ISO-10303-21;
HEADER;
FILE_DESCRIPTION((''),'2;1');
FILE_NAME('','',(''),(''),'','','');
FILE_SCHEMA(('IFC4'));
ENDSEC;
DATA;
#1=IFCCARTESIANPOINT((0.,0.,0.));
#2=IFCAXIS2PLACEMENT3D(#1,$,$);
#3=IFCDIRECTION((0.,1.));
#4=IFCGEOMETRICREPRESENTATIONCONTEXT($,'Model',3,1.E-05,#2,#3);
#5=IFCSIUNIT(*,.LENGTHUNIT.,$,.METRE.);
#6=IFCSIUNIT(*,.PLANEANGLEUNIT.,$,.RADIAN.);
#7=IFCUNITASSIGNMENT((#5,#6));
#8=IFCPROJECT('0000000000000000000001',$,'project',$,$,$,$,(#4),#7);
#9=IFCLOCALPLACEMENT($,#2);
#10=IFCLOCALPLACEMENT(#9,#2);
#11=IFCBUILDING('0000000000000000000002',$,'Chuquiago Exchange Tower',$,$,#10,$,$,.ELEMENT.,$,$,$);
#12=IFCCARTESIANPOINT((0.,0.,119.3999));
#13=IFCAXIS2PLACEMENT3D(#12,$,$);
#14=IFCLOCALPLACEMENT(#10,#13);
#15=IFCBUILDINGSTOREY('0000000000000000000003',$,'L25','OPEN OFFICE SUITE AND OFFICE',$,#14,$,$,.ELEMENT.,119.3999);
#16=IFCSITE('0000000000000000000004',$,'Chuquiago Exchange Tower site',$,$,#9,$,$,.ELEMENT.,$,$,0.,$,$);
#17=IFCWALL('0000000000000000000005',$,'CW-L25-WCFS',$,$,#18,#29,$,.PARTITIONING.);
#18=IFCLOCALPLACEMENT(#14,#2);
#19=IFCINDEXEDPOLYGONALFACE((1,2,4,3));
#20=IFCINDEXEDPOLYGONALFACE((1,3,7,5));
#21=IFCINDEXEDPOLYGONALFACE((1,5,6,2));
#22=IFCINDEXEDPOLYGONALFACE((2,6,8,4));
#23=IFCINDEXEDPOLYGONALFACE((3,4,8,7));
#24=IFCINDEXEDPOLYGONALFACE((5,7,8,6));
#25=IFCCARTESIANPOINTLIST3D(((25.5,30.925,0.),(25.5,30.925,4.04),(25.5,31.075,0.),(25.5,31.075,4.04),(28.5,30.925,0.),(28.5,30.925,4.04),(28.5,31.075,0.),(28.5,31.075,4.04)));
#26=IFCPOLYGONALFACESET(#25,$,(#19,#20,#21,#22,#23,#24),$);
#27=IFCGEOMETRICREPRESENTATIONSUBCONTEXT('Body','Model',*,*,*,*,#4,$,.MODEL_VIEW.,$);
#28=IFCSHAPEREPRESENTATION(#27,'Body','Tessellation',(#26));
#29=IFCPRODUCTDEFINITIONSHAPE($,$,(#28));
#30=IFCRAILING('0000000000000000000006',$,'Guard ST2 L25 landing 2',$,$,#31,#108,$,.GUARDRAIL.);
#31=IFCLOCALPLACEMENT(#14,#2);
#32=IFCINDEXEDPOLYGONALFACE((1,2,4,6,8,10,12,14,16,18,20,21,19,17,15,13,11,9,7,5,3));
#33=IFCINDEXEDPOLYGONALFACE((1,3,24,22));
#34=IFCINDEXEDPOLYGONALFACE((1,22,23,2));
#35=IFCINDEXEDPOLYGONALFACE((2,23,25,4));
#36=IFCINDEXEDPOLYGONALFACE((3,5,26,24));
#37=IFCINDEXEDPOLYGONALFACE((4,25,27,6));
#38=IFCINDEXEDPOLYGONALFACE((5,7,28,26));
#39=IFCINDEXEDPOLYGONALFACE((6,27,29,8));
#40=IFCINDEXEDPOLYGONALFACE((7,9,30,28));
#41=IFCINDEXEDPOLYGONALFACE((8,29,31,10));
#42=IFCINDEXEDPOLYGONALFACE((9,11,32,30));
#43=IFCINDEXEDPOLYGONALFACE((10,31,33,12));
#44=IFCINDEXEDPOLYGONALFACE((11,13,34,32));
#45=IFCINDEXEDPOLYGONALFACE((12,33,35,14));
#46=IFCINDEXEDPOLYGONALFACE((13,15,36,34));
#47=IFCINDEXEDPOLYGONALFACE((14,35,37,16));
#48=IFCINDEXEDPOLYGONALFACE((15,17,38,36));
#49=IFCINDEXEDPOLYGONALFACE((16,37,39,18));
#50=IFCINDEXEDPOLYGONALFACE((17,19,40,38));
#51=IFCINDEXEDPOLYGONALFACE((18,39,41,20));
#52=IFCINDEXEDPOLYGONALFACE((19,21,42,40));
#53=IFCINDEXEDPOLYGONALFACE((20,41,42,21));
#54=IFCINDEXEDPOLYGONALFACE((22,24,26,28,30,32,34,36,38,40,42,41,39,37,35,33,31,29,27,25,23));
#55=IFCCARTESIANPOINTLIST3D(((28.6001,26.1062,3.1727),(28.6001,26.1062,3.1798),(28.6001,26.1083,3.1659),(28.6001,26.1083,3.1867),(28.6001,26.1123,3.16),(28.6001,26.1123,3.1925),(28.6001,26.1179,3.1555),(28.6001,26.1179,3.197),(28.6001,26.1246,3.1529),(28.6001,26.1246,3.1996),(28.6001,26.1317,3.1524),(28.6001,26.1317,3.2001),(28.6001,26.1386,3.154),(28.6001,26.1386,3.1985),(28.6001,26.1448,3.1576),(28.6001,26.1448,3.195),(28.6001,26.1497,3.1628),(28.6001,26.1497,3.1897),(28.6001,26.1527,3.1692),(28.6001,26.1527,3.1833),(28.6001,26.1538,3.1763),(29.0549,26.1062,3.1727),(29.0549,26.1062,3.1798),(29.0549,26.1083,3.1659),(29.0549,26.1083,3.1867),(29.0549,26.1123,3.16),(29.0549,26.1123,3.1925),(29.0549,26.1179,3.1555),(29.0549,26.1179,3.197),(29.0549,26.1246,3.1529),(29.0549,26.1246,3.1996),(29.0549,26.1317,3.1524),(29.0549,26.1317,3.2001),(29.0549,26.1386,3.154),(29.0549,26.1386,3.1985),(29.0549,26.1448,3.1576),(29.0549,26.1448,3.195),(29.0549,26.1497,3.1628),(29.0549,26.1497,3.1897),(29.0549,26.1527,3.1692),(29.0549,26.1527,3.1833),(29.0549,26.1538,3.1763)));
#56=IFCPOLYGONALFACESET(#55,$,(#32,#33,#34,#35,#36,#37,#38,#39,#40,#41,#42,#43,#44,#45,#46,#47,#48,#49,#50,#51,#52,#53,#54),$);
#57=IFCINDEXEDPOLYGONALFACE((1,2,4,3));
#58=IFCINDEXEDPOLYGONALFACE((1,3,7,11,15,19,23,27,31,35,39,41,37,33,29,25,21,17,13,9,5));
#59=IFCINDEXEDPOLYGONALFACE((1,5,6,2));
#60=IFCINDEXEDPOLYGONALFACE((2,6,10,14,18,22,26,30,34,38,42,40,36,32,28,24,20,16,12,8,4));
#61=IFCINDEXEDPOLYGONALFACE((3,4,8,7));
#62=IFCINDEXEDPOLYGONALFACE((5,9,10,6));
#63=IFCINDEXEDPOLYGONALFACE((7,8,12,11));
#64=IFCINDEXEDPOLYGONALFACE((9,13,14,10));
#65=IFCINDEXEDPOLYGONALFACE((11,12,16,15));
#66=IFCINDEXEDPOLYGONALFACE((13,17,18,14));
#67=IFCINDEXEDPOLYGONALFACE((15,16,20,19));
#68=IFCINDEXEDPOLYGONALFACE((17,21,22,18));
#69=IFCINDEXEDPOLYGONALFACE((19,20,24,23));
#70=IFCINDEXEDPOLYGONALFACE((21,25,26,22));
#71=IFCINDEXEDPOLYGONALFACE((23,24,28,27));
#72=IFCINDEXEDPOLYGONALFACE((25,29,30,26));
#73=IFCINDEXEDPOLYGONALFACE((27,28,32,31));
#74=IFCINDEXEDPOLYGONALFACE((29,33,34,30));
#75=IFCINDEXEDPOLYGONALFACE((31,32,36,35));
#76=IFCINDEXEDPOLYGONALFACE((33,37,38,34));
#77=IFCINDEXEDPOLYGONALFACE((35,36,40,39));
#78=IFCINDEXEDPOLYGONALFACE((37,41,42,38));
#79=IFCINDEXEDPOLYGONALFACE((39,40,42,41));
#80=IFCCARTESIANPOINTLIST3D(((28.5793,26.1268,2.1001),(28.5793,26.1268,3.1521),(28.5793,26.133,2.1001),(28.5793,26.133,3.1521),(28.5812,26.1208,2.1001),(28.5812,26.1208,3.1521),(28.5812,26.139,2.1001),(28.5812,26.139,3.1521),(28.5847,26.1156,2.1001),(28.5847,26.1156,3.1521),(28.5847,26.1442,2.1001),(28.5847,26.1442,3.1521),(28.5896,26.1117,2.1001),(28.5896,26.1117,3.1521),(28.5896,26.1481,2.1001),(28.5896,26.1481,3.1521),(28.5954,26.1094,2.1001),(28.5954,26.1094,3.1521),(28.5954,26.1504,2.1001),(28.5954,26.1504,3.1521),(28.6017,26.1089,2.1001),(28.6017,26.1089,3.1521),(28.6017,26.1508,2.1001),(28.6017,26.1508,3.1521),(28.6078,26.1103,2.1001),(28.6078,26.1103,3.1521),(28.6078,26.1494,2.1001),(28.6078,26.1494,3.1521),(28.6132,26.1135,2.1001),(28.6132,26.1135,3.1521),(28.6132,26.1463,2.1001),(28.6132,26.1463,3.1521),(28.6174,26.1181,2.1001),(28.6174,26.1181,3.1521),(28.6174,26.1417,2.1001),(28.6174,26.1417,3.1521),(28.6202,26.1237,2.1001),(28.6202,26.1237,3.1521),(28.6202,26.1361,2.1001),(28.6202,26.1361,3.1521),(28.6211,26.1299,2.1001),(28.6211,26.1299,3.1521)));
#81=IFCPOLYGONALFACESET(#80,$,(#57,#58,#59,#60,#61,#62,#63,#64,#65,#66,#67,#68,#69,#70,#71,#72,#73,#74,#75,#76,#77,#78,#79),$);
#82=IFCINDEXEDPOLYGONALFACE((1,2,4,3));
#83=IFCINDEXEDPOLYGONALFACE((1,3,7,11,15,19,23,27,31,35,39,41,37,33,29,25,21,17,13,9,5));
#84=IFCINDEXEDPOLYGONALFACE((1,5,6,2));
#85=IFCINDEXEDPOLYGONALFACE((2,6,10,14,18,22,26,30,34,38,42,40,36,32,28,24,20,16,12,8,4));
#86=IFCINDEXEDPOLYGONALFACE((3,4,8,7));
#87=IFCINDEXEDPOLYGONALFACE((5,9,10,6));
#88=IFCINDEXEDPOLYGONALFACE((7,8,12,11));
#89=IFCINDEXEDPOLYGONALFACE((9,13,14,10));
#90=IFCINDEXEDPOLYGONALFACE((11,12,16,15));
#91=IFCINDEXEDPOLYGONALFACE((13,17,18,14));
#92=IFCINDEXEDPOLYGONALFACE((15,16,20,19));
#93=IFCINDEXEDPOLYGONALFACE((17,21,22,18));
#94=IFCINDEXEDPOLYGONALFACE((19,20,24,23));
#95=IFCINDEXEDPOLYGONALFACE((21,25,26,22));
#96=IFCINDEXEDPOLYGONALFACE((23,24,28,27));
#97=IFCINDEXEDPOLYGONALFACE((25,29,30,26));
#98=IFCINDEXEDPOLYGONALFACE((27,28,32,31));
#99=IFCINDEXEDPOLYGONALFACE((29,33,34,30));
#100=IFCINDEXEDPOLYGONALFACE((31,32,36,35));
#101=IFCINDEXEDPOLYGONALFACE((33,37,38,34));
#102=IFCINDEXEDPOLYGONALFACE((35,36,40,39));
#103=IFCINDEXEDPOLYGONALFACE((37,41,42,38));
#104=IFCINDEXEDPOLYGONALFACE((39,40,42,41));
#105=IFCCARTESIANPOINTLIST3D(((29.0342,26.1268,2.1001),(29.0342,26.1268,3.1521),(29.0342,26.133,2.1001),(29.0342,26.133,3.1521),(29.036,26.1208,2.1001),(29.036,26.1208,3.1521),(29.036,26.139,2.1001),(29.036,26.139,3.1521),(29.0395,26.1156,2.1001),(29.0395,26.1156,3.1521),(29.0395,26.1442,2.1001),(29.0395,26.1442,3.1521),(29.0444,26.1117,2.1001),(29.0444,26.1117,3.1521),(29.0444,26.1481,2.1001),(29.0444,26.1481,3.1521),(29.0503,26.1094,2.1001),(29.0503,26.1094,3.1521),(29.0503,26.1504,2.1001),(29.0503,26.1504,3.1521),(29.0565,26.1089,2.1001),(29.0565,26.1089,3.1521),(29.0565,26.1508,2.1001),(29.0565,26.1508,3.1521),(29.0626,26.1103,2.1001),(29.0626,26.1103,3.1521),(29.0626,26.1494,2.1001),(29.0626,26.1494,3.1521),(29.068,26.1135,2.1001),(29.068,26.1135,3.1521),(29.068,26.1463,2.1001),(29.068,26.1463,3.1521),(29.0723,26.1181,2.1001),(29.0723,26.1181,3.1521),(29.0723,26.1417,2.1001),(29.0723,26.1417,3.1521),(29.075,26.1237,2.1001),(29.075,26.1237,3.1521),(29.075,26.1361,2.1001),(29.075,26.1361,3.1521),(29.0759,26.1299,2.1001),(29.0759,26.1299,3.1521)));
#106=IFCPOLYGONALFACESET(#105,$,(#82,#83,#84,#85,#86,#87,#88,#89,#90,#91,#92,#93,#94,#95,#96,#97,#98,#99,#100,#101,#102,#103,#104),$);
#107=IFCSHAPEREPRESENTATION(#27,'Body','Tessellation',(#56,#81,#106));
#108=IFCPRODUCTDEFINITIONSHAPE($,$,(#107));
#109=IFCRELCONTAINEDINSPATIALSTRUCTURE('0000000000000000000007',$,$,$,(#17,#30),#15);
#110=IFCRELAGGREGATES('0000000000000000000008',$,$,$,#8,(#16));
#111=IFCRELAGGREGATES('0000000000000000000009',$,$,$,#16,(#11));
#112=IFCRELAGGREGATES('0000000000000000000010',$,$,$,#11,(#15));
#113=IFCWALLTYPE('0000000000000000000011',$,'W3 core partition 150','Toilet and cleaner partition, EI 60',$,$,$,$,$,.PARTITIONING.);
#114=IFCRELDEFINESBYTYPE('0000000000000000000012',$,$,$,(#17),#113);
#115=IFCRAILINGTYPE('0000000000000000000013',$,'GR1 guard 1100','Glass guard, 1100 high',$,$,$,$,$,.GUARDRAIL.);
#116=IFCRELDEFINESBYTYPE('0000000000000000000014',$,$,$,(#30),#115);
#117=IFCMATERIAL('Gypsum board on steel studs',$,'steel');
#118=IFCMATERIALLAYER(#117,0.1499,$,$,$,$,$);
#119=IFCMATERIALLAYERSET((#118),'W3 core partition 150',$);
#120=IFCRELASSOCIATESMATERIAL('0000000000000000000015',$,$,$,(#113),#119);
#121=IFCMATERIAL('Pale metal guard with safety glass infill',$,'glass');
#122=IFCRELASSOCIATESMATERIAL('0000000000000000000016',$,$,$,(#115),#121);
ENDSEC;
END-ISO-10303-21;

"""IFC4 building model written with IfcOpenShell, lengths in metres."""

from ifc_helpers import new_model, si_unit, direction, frame, frame_2d, origin, origin_2d, place, context, subcontext, project, spatial, rectangle, circle, extrude, material, layer, layer_set, type_object, element, save


model = new_model("IFC4")

# Units and contexts
model_context = context("Model", 3, precision=1e-05, world=origin(), true_north=direction((0.0, 1.0)))
body_context = subcontext(model_context, "Body", "Model", "MODEL_VIEW")
ifc_project = project(units=[si_unit("LENGTHUNIT", "METRE"), si_unit("PLANEANGLEUNIT", "RADIAN")], contexts=[model_context])

# Site, building, storey
site_placement = place(None, origin())
site = spatial("IfcSite", under=ifc_project, at=site_placement, Name="Chuquiago Exchange Tower site", CompositionType="ELEMENT", RefElevation=0.0)
building_placement = place(site_placement, origin())
building = spatial("IfcBuilding", under=site, at=building_placement, Name="Chuquiago Exchange Tower", CompositionType="ELEMENT")
storey_placement = place(building_placement, frame((0.0, 0.0, 119.3999)))
storey = spatial("IfcBuildingStorey", under=building, at=storey_placement, Name="L25", Description="OPEN OFFICE SUITE AND OFFICE", CompositionType="ELEMENT", Elevation=119.3999)

# Shared definitions
ifc_material_1 = material(Name="Gypsum board on steel studs", Category="steel")
ifc_layer_1 = layer(ifc_material_1, 0.1499)
ifc_layer_set_1 = layer_set([ifc_layer_1], Name="W3 core partition 150")
wall_type_1 = type_object("IfcWallType", Name="W3 core partition 150", Description="Toilet and cleaner partition, EI 60", PredefinedType="PARTITIONING", material=ifc_layer_set_1)

# Wall
wall_1_placement = place(storey_placement, frame((25.5, 31.0, 0.0), z_axis=(0.0, 0.0, 1.0), x_axis=(1.0, 0.0, 0.0)))
element("IfcWall", 1, at=wall_1_placement, inside=storey, type_object=wall_type_1, Name="CW-L25-WCFS", PredefinedType="PARTITIONING", context=body_context, shape_type="SweptSolid", body=[
    extrude(rectangle(XDim=3.0, YDim=0.1499, at=frame_2d((1.5, 0.0))), origin(), (0.0, 0.0, 1.0), 4.04),
])

# Railing
ifc_material_2 = material(Name="Pale metal guard with safety glass infill", Category="glass")
railing_type_1 = type_object("IfcRailingType", Name="GR1 guard 1100", Description="Glass guard, 1100 high", PredefinedType="GUARDRAIL", material=ifc_material_2)
railing_1_placement = place(storey_placement, frame((28.6001, 26.1299, 2.1001)))
element("IfcRailing", 2, at=railing_1_placement, inside=storey, type_object=railing_type_1, Name="Guard ST2 L25 landing 2", PredefinedType="GUARDRAIL", context=body_context, shape_type="SweptSolid", body=[
    extrude(circle(Radius=0.0239, at=origin_2d()), frame((0.0, 0.0, 1.0762), z_axis=(1.0, 0.0, 0.0), x_axis=(0.0, 1.0, 0.0)), (0.0, 0.0, 1.0), 0.4548),
    extrude(circle(Radius=0.021, at=origin_2d()), origin(), (0.0, 0.0, 1.0), 1.052),
    extrude(circle(Radius=0.021, at=origin_2d()), frame((0.4548, 0.0, 0.0)), (0.0, 0.0, 1.0), 1.052),
])

save(model, "model.ifc")
